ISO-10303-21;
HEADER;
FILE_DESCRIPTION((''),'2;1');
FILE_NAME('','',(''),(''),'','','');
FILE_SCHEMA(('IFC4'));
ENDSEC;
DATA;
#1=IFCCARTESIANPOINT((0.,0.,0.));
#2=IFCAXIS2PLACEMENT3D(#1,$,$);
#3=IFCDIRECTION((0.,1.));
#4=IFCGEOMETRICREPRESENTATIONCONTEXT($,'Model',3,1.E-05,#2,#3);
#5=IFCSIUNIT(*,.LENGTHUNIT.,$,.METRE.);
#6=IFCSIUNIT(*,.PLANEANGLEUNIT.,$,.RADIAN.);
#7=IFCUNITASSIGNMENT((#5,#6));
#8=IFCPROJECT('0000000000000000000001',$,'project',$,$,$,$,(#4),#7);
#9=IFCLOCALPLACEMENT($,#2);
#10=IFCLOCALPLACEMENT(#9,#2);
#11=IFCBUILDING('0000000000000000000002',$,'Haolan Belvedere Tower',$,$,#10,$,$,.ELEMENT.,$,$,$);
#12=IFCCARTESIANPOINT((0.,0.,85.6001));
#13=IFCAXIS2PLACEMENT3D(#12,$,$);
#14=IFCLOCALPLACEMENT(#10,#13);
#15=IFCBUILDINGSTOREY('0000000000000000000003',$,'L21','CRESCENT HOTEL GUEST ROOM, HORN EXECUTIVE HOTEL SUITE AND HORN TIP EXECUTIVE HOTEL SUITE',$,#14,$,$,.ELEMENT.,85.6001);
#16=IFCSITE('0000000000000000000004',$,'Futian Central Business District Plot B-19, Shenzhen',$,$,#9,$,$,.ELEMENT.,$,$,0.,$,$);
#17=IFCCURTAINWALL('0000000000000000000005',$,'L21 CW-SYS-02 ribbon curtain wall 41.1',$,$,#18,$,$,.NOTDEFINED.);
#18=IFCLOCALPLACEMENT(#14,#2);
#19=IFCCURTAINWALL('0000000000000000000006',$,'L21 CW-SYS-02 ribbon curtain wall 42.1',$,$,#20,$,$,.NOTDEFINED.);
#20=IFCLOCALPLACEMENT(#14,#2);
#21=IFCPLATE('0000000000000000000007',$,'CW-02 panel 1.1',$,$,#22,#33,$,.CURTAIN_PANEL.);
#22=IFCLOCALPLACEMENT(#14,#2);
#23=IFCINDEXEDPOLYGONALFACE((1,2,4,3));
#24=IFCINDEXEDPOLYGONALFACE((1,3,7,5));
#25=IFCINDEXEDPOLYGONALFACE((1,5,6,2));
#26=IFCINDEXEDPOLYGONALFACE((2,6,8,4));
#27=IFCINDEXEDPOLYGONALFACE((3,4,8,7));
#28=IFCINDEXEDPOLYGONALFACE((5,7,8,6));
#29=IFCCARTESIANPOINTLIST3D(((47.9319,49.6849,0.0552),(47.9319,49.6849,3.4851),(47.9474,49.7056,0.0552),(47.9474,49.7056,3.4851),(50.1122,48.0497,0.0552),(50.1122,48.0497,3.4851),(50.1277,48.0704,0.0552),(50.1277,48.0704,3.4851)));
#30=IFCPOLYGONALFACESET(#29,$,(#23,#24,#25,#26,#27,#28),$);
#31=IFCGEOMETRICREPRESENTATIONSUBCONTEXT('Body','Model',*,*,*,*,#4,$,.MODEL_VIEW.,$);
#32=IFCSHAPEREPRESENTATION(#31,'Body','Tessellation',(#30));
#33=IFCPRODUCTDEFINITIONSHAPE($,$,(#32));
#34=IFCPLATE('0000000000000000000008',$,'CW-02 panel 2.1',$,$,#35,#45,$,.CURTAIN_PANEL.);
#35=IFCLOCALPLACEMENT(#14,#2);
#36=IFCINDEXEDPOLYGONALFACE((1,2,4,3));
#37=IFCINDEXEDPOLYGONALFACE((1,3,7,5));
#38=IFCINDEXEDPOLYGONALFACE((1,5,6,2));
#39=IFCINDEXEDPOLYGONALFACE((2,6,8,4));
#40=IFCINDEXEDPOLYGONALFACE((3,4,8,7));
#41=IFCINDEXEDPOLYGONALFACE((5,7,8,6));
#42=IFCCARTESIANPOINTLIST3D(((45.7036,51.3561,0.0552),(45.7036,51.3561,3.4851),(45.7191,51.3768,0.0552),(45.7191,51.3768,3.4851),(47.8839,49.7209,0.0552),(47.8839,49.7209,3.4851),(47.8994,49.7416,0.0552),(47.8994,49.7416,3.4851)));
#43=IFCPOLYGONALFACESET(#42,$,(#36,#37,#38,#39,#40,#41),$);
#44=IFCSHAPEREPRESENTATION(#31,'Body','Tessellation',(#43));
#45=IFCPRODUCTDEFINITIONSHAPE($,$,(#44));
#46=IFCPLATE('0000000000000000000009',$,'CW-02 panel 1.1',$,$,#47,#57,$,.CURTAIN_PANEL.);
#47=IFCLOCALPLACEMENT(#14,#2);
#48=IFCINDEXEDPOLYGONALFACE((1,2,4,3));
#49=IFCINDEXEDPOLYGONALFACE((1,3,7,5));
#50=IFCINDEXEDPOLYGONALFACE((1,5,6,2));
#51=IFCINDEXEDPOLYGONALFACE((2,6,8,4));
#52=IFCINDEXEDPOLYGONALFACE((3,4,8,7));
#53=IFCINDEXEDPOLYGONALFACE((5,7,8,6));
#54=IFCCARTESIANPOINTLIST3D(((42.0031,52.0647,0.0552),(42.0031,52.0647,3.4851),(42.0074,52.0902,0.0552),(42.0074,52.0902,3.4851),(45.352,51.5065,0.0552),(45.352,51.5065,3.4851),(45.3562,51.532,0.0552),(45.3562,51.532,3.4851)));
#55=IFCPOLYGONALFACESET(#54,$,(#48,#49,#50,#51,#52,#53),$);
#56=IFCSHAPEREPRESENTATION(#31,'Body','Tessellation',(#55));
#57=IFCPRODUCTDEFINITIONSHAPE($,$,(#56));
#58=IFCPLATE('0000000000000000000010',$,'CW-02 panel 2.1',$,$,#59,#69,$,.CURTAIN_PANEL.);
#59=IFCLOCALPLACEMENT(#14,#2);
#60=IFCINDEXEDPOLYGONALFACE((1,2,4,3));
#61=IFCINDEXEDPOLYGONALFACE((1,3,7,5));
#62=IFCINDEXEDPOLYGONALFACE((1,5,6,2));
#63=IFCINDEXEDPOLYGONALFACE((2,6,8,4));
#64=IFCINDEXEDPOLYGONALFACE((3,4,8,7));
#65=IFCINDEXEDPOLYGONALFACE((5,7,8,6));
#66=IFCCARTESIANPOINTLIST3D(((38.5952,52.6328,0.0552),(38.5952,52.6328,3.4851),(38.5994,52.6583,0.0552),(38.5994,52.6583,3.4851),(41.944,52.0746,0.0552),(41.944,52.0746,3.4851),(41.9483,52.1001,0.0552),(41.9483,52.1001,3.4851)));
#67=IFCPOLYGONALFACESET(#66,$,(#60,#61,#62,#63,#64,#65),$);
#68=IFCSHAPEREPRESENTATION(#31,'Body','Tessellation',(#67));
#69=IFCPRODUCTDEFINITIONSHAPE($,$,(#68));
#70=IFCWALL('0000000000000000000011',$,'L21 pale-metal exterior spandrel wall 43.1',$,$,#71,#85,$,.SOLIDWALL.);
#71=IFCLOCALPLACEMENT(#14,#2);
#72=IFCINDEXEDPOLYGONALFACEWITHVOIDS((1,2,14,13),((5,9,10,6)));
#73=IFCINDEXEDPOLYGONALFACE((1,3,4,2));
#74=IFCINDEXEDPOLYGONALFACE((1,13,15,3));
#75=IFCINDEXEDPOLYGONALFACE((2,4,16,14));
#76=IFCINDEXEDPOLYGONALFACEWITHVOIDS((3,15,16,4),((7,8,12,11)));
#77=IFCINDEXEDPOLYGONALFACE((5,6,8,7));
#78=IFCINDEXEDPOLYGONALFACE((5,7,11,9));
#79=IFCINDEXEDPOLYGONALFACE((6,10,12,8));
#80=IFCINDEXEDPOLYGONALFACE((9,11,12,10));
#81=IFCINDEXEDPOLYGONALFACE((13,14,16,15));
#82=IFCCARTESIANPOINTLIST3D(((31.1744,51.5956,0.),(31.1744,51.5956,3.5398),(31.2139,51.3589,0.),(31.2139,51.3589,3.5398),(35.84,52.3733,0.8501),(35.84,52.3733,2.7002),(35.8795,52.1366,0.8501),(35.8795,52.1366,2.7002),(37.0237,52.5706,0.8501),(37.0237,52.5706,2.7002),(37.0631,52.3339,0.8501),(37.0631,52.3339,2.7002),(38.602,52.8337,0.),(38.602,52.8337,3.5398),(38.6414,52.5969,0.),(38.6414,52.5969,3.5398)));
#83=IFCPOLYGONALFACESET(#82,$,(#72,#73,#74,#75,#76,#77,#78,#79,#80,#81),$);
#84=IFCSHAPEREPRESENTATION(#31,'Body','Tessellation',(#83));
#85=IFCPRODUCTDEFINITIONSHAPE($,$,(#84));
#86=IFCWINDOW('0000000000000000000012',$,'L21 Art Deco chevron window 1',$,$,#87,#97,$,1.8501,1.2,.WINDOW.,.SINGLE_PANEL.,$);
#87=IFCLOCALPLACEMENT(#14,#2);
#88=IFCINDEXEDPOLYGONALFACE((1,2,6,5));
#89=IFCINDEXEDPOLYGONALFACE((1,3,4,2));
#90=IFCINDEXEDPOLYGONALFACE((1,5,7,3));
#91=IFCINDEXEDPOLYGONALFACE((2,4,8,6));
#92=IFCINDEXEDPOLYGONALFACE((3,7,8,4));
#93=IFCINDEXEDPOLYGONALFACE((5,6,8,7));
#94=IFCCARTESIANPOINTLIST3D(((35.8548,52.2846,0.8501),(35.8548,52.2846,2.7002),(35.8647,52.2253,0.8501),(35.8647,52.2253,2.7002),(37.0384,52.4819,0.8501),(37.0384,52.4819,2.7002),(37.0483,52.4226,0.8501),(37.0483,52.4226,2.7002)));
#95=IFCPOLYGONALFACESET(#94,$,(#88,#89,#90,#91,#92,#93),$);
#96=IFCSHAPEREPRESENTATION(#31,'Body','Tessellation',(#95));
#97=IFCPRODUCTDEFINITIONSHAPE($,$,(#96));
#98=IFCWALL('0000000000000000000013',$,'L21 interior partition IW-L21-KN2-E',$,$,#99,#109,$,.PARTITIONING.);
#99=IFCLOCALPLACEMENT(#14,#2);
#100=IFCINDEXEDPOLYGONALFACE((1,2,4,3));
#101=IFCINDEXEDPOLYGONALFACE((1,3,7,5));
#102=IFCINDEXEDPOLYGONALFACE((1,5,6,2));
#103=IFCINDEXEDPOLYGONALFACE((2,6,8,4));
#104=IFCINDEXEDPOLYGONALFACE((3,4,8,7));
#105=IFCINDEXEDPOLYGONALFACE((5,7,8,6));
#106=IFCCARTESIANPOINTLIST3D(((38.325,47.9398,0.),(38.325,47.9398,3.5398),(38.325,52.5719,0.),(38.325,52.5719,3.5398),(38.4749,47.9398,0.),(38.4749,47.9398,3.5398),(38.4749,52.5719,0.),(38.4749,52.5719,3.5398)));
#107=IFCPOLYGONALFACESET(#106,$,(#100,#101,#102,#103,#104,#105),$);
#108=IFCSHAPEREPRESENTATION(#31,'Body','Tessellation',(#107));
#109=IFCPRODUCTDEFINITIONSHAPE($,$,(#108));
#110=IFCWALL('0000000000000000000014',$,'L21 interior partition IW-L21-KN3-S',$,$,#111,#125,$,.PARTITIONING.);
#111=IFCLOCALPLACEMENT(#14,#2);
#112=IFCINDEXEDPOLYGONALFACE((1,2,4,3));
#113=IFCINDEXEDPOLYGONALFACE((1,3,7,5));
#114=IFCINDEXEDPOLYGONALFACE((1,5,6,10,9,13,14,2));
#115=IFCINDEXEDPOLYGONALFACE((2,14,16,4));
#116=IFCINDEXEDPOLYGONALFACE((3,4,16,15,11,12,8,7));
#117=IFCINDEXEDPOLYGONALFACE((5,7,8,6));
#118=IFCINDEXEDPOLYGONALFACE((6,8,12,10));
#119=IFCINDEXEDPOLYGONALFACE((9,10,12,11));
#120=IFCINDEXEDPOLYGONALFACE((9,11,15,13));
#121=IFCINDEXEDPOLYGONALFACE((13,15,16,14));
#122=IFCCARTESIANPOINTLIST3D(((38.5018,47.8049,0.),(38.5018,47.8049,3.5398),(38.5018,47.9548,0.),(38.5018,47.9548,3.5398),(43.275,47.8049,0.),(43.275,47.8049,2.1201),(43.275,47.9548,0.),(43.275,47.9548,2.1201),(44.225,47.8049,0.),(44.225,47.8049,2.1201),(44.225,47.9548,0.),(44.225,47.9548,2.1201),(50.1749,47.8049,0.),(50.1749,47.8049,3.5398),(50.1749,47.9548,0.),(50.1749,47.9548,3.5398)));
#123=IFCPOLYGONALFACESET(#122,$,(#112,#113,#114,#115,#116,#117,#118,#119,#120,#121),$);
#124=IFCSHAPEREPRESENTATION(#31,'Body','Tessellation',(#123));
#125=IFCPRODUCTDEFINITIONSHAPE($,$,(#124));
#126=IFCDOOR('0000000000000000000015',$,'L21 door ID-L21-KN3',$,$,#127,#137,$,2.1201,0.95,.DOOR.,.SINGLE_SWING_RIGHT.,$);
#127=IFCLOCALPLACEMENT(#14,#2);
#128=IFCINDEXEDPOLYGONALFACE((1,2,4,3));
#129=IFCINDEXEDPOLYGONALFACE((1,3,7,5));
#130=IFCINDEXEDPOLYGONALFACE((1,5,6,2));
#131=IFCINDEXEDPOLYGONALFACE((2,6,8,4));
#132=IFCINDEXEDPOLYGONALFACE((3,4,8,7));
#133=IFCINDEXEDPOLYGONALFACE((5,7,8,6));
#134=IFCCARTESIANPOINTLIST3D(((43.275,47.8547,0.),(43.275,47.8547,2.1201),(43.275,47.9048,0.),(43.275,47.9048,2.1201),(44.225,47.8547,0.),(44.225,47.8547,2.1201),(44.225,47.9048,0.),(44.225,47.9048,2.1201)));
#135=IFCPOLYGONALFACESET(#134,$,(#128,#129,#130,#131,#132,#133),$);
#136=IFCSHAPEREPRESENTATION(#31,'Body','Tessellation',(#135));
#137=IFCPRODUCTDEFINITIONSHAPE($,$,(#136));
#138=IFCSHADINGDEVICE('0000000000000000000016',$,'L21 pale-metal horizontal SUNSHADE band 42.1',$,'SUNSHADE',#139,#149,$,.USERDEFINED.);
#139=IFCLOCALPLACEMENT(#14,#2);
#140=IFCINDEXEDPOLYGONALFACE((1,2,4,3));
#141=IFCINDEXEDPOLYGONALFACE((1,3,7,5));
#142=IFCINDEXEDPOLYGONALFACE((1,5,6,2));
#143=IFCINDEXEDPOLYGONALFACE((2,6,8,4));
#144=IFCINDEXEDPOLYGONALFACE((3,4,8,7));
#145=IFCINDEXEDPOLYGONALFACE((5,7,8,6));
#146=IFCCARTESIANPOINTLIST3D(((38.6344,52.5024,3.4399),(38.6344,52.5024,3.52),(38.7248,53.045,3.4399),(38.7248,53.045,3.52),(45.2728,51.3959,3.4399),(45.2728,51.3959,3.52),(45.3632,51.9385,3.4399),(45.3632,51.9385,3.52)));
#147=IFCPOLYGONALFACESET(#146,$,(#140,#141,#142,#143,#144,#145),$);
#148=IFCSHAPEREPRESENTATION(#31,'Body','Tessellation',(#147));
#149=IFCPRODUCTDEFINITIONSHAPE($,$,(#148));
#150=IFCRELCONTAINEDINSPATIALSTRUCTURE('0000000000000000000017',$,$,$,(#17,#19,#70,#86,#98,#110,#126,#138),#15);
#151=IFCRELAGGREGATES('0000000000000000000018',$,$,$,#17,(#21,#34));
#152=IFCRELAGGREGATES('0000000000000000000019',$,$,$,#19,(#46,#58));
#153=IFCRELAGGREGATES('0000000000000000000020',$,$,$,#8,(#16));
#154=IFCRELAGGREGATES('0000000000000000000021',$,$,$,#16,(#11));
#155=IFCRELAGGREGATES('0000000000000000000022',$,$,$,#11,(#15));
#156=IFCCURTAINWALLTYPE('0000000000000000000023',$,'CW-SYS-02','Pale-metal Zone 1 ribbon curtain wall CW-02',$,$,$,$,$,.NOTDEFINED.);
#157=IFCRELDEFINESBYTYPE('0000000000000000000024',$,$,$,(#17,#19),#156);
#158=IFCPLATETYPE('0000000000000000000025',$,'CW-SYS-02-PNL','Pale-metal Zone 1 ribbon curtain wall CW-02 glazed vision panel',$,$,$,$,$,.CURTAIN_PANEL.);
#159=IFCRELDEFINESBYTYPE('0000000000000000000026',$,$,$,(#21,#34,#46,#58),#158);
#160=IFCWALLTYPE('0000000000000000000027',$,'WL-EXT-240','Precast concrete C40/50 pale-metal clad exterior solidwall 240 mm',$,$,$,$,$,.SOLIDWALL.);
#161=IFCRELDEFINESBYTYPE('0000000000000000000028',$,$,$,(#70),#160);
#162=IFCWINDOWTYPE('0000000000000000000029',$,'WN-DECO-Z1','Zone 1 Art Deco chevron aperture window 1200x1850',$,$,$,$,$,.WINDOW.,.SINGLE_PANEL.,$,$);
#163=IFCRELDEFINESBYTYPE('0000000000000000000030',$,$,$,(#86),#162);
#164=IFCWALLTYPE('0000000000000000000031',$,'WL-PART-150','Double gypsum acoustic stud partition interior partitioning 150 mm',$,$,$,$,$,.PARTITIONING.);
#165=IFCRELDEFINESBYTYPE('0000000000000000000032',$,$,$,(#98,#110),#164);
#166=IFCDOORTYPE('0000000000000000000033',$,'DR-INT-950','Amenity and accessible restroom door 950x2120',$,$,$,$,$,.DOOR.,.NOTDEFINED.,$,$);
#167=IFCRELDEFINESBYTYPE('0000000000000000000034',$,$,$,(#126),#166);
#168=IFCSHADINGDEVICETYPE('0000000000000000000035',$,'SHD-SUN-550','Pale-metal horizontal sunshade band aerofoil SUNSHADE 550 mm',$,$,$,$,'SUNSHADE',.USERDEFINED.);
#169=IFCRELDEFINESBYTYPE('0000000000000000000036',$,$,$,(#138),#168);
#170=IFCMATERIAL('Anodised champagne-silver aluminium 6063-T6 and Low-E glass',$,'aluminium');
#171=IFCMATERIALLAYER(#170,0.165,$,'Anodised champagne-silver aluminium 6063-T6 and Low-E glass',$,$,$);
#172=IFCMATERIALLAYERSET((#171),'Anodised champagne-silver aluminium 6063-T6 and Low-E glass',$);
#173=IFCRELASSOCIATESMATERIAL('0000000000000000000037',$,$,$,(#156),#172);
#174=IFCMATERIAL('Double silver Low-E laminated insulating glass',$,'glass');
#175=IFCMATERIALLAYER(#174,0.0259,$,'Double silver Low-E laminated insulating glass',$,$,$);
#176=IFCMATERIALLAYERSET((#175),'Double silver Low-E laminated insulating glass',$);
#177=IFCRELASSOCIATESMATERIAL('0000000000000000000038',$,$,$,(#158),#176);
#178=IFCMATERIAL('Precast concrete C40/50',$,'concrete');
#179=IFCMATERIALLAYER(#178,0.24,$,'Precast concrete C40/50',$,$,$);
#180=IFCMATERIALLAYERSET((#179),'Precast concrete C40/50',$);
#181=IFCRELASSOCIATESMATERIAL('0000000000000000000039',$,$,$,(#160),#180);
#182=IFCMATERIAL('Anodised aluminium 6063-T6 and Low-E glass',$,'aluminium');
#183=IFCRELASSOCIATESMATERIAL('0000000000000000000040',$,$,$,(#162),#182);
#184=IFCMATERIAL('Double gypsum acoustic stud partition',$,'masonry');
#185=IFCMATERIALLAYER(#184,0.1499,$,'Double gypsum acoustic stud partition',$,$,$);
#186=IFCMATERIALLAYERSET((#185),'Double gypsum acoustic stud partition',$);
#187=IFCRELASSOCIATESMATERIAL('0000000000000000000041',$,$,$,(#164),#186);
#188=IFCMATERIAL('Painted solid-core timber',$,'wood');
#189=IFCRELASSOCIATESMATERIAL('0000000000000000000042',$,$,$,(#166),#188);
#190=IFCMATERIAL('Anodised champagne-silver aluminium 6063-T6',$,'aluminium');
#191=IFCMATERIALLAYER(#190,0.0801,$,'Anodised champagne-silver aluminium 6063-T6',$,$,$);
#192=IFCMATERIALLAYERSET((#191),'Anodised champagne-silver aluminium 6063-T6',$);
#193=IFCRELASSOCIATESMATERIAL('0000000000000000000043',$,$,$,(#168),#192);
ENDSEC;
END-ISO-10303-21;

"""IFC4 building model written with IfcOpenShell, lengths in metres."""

from ifc_helpers import new_model, si_unit, direction, frame, frame_2d, origin, origin_2d, place, context, subcontext, project, spatial, rectangle, extrude, material, layer, layer_set, type_object, element, fill, aggregate, save


model = new_model("IFC4")

# Units and contexts
model_context = context("Model", 3, precision=1e-05, world=origin(), true_north=direction((0.0, 1.0)))
body_context = subcontext(model_context, "Body", "Model", "MODEL_VIEW")
ifc_project = project(units=[si_unit("LENGTHUNIT", "METRE"), si_unit("PLANEANGLEUNIT", "RADIAN")], contexts=[model_context])

# Site, building, storey
site_placement = place(None, origin())
site = spatial("IfcSite", under=ifc_project, at=site_placement, Name="Futian Central Business District Plot B-19, Shenzhen", CompositionType="ELEMENT", RefElevation=0.0)
building_placement = place(site_placement, origin())
building = spatial("IfcBuilding", under=site, at=building_placement, Name="Haolan Belvedere Tower", CompositionType="ELEMENT")
storey_placement = place(building_placement, frame((0.0, 0.0, 85.6001)))
storey = spatial("IfcBuildingStorey", under=building, at=storey_placement, Name="L21", Description="CRESCENT HOTEL GUEST ROOM, HORN EXECUTIVE HOTEL SUITE AND HORN TIP EXECUTIVE HOTEL SUITE", CompositionType="ELEMENT", Elevation=85.6001)

# Curtain walls
ifc_material_1 = material(Name="Anodised champagne-silver aluminium 6063-T6 and Low-E glass", Category="aluminium")
ifc_layer_1 = layer(ifc_material_1, 0.165, Name="Anodised champagne-silver aluminium 6063-T6 and Low-E glass")
ifc_layer_set_1 = layer_set([ifc_layer_1], Name="Anodised champagne-silver aluminium 6063-T6 and Low-E glass")
curtain_wall_type = type_object("IfcCurtainWallType", Name="CW-SYS-02", Description="Pale-metal Zone 1 ribbon curtain wall CW-02", PredefinedType="NOTDEFINED", material=ifc_layer_set_1)
curtain_wall_1_placement = place(storey_placement, origin())
curtain_wall_1 = element("IfcCurtainWall", 1, at=curtain_wall_1_placement, inside=storey, type_object=curtain_wall_type, Name="L21 CW-SYS-02 ribbon curtain wall 41.1", PredefinedType="NOTDEFINED")
curtain_wall_2_placement = place(storey_placement, origin())
curtain_wall_2 = element("IfcCurtainWall", 2, at=curtain_wall_2_placement, inside=storey, type_object=curtain_wall_type, Name="L21 CW-SYS-02 ribbon curtain wall 42.1", PredefinedType="NOTDEFINED")

# Plates
ifc_material_2 = material(Name="Double silver Low-E laminated insulating glass", Category="glass")
ifc_layer_2 = layer(ifc_material_2, 0.0259, Name="Double silver Low-E laminated insulating glass")
ifc_layer_set_2 = layer_set([ifc_layer_2], Name="Double silver Low-E laminated insulating glass")
plate_type = type_object("IfcPlateType", Name="CW-SYS-02-PNL", Description="Pale-metal Zone 1 ribbon curtain wall CW-02 glazed vision panel", PredefinedType="CURTAIN_PANEL", material=ifc_layer_set_2)
plate_1_placement = place(storey_placement, frame((49.0298, 48.8777, 0.0552), z_axis=(0.0, 0.0, 1.0), x_axis=(-0.800004, 0.599994, 0.0)))
plate_1 = element("IfcPlate", 3, at=plate_1_placement, type_object=plate_type, Name="CW-02 panel 1.1", PredefinedType="CURTAIN_PANEL", context=body_context, shape_type="SweptSolid", body=[
    extrude(rectangle(XDim=2.7253, YDim=0.0259, at=origin_2d()), origin(), (0.0, 0.0, 1.0), 3.4299),
])
plate_2_placement = place(storey_placement, frame((46.8015, 50.5488, 0.0552), z_axis=(0.0, 0.0, 1.0), x_axis=(-0.800004, 0.599994, 0.0)))
plate_2 = element("IfcPlate", 4, at=plate_2_placement, type_object=plate_type, Name="CW-02 panel 2.1", PredefinedType="CURTAIN_PANEL", context=body_context, shape_type="SweptSolid", body=[
    extrude(rectangle(XDim=2.7253, YDim=0.0259, at=origin_2d()), origin(), (0.0, 0.0, 1.0), 3.4299),
])
aggregate(curtain_wall_1, [plate_1, plate_2])
plate_3_placement = place(storey_placement, frame((43.6797, 51.7983, 0.0552), z_axis=(0.0, 0.0, 1.0), x_axis=(-0.986393, 0.164404, 0.0)))
plate_3 = element("IfcPlate", 5, at=plate_3_placement, type_object=plate_type, Name="CW-02 panel 1.1", PredefinedType="CURTAIN_PANEL", context=body_context, shape_type="SweptSolid", body=[
    extrude(rectangle(XDim=3.395, YDim=0.0259, at=origin_2d()), origin(), (0.0, 0.0, 1.0), 3.4299),
])
plate_4_placement = place(storey_placement, frame((40.2717, 52.3665, 0.0552), z_axis=(0.0, 0.0, 1.0), x_axis=(-0.986393, 0.164404, 0.0)))
plate_4 = element("IfcPlate", 6, at=plate_4_placement, type_object=plate_type, Name="CW-02 panel 2.1", PredefinedType="CURTAIN_PANEL", context=body_context, shape_type="SweptSolid", body=[
    extrude(rectangle(XDim=3.395, YDim=0.0259, at=origin_2d()), origin(), (0.0, 0.0, 1.0), 3.4299),
])
aggregate(curtain_wall_2, [plate_3, plate_4])

# Wall, opening, window
ifc_material_3 = material(Name="Precast concrete C40/50", Category="concrete")
ifc_layer_3 = layer(ifc_material_3, 0.24, Name="Precast concrete C40/50")
ifc_layer_set_3 = layer_set([ifc_layer_3], Name="Precast concrete C40/50")
wall_type_1 = type_object("IfcWallType", Name="WL-EXT-240", Description="Precast concrete C40/50 pale-metal clad exterior solidwall 240 mm", PredefinedType="SOLIDWALL", material=ifc_layer_set_3)
wall_1_placement = place(storey_placement, frame((38.6218, 52.7153, 0.0), z_axis=(0.0, 0.0, 1.0), x_axis=(-0.986391, -0.164415, 0.0)))
wall_1 = element("IfcWall", 7, at=wall_1_placement, inside=storey, type_object=wall_type_1, Name="L21 pale-metal exterior spandrel wall 43.1", PredefinedType="SOLIDWALL", context=body_context, shape_type="SweptSolid", body=[
    extrude(rectangle(XDim=7.53, YDim=0.24, at=frame_2d((3.7651, 0.0))), origin(), (0.0, 0.0, 1.0), 3.5398),
])
opening_1_placement = place(wall_1_placement, frame((1.6001, 0.0, 0.8501)))
opening_1 = element("IfcOpeningElement", 8, at=opening_1_placement, cuts=wall_1, PredefinedType="OPENING", context=body_context, shape_type="SweptSolid", body=[
    extrude(rectangle(XDim=1.2, YDim=1.8501, at=frame_2d((0.6001, 0.925))), frame((0.0, 0.1299, 0.0), z_axis=(0.0, -1.0, 0.0), x_axis=(1.0, 0.0, 0.0)), (0.0, 0.0, 1.0), 0.26),
])
ifc_material_4 = material(Name="Anodised aluminium 6063-T6 and Low-E glass", Category="aluminium")
window_type = type_object("IfcWindowType", Name="WN-DECO-Z1", Description="Zone 1 Art Deco chevron aperture window 1200x1850", PartitioningType="SINGLE_PANEL", PredefinedType="WINDOW", material=ifc_material_4)
window_placement = place(opening_1_placement, origin())
window = element("IfcWindow", 9, at=window_placement, inside=storey, type_object=window_type, Name="L21 Art Deco chevron window 1", OverallHeight=1.8501, OverallWidth=1.2, PartitioningType="SINGLE_PANEL", PredefinedType="WINDOW", context=body_context, shape_type="SweptSolid", body=[
    extrude(rectangle(XDim=1.2, YDim=1.8501, at=frame_2d((0.6001, 0.925))), frame((0.0, 0.03, 0.0), z_axis=(0.0, -1.0, 0.0), x_axis=(1.0, 0.0, 0.0)), (0.0, 0.0, 1.0), 0.0601),
])
fill(opening_1, window)

# Wall
ifc_material_5 = material(Name="Double gypsum acoustic stud partition", Category="masonry")
ifc_layer_4 = layer(ifc_material_5, 0.1499, Name="Double gypsum acoustic stud partition")
ifc_layer_set_4 = layer_set([ifc_layer_4], Name="Double gypsum acoustic stud partition")
wall_type_2 = type_object("IfcWallType", Name="WL-PART-150", Description="Double gypsum acoustic stud partition interior partitioning 150 mm", PredefinedType="PARTITIONING", material=ifc_layer_set_4)
wall_2_placement = place(storey_placement, frame((38.3999, 47.9399, 0.0), z_axis=(0.0, 0.0, 1.0), x_axis=(0.0, 1.0, 0.0)))
element("IfcWall", 10, at=wall_2_placement, inside=storey, type_object=wall_type_2, Name="L21 interior partition IW-L21-KN2-E", PredefinedType="PARTITIONING", context=body_context, shape_type="SweptSolid", body=[
    extrude(rectangle(XDim=4.6321, YDim=0.1499, at=frame_2d((2.3159, 0.0))), origin(), (0.0, 0.0, 1.0), 3.5398),
])

# Wall, opening, door
wall_3_placement = place(storey_placement, frame((38.502, 47.8799, 0.0), z_axis=(0.0, 0.0, 1.0), x_axis=(1.0, 0.0, 0.0)))
wall_3 = element("IfcWall", 11, at=wall_3_placement, inside=storey, type_object=wall_type_2, Name="L21 interior partition IW-L21-KN3-S", PredefinedType="PARTITIONING", context=body_context, shape_type="SweptSolid", body=[
    extrude(rectangle(XDim=11.6731, YDim=0.1499, at=frame_2d((5.8364, 0.0))), origin(), (0.0, 0.0, 1.0), 3.5398),
])
opening_2_placement = place(wall_3_placement, frame((4.7729, 0.0, 0.0)))
opening_2 = element("IfcOpeningElement", 12, at=opening_2_placement, cuts=wall_3, PredefinedType="OPENING", context=body_context, shape_type="SweptSolid", body=[
    extrude(rectangle(XDim=0.95, YDim=2.1201, at=frame_2d((0.4751, 1.0601))), frame((0.0, 0.085, 0.0), z_axis=(0.0, -1.0, 0.0), x_axis=(1.0, 0.0, 0.0)), (0.0, 0.0, 1.0), 0.1699),
])
ifc_material_6 = material(Name="Painted solid-core timber", Category="wood")
door_type_1 = type_object("IfcDoorType", Name="DR-INT-950", Description="Amenity and accessible restroom door 950x2120", OperationType="NOTDEFINED", PredefinedType="DOOR", material=ifc_material_6)
door_1_placement = place(opening_2_placement, origin())
door_1 = element("IfcDoor", 13, at=door_1_placement, inside=storey, type_object=door_type_1, Name="L21 door ID-L21-KN3", OperationType="SINGLE_SWING_RIGHT", OverallHeight=2.1201, OverallWidth=0.95, PredefinedType="DOOR", context=body_context, shape_type="SweptSolid", body=[
    extrude(rectangle(XDim=0.95, YDim=2.1201, at=frame_2d((0.4751, 1.0601))), frame((0.0, 0.0249, 0.0), z_axis=(0.0, -1.0, 0.0), x_axis=(1.0, 0.0, 0.0)), (0.0, 0.0, 1.0), 0.05),
])
fill(opening_2, door_1)

# Shading device
ifc_material_7 = material(Name="Anodised champagne-silver aluminium 6063-T6", Category="aluminium")
ifc_layer_5 = layer(ifc_material_7, 0.0801, Name="Anodised champagne-silver aluminium 6063-T6")
ifc_layer_set_5 = layer_set([ifc_layer_5], Name="Anodised champagne-silver aluminium 6063-T6")
shading_device_type = type_object("IfcShadingDeviceType", Name="SHD-SUN-550", Description="Pale-metal horizontal sunshade band aerofoil SUNSHADE 550 mm", ElementType="SUNSHADE", PredefinedType="USERDEFINED", material=ifc_layer_set_5)
shading_device_placement = place(storey_placement, frame((41.9988, 52.2205, 3.4399), z_axis=(0.0, 0.0, 1.0), x_axis=(-0.986392, 0.164411, 0.0)))
element("IfcShadingDevice", 14, at=shading_device_placement, inside=storey, type_object=shading_device_type, Name="L21 pale-metal horizontal SUNSHADE band 42.1", ObjectType="SUNSHADE", PredefinedType="USERDEFINED", context=body_context, shape_type="SweptSolid", body=[
    extrude(rectangle(XDim=6.73, YDim=0.55, at=origin_2d()), origin(), (0.0, 0.0, 1.0), 0.0801),
])

save(model, "model.ifc")
